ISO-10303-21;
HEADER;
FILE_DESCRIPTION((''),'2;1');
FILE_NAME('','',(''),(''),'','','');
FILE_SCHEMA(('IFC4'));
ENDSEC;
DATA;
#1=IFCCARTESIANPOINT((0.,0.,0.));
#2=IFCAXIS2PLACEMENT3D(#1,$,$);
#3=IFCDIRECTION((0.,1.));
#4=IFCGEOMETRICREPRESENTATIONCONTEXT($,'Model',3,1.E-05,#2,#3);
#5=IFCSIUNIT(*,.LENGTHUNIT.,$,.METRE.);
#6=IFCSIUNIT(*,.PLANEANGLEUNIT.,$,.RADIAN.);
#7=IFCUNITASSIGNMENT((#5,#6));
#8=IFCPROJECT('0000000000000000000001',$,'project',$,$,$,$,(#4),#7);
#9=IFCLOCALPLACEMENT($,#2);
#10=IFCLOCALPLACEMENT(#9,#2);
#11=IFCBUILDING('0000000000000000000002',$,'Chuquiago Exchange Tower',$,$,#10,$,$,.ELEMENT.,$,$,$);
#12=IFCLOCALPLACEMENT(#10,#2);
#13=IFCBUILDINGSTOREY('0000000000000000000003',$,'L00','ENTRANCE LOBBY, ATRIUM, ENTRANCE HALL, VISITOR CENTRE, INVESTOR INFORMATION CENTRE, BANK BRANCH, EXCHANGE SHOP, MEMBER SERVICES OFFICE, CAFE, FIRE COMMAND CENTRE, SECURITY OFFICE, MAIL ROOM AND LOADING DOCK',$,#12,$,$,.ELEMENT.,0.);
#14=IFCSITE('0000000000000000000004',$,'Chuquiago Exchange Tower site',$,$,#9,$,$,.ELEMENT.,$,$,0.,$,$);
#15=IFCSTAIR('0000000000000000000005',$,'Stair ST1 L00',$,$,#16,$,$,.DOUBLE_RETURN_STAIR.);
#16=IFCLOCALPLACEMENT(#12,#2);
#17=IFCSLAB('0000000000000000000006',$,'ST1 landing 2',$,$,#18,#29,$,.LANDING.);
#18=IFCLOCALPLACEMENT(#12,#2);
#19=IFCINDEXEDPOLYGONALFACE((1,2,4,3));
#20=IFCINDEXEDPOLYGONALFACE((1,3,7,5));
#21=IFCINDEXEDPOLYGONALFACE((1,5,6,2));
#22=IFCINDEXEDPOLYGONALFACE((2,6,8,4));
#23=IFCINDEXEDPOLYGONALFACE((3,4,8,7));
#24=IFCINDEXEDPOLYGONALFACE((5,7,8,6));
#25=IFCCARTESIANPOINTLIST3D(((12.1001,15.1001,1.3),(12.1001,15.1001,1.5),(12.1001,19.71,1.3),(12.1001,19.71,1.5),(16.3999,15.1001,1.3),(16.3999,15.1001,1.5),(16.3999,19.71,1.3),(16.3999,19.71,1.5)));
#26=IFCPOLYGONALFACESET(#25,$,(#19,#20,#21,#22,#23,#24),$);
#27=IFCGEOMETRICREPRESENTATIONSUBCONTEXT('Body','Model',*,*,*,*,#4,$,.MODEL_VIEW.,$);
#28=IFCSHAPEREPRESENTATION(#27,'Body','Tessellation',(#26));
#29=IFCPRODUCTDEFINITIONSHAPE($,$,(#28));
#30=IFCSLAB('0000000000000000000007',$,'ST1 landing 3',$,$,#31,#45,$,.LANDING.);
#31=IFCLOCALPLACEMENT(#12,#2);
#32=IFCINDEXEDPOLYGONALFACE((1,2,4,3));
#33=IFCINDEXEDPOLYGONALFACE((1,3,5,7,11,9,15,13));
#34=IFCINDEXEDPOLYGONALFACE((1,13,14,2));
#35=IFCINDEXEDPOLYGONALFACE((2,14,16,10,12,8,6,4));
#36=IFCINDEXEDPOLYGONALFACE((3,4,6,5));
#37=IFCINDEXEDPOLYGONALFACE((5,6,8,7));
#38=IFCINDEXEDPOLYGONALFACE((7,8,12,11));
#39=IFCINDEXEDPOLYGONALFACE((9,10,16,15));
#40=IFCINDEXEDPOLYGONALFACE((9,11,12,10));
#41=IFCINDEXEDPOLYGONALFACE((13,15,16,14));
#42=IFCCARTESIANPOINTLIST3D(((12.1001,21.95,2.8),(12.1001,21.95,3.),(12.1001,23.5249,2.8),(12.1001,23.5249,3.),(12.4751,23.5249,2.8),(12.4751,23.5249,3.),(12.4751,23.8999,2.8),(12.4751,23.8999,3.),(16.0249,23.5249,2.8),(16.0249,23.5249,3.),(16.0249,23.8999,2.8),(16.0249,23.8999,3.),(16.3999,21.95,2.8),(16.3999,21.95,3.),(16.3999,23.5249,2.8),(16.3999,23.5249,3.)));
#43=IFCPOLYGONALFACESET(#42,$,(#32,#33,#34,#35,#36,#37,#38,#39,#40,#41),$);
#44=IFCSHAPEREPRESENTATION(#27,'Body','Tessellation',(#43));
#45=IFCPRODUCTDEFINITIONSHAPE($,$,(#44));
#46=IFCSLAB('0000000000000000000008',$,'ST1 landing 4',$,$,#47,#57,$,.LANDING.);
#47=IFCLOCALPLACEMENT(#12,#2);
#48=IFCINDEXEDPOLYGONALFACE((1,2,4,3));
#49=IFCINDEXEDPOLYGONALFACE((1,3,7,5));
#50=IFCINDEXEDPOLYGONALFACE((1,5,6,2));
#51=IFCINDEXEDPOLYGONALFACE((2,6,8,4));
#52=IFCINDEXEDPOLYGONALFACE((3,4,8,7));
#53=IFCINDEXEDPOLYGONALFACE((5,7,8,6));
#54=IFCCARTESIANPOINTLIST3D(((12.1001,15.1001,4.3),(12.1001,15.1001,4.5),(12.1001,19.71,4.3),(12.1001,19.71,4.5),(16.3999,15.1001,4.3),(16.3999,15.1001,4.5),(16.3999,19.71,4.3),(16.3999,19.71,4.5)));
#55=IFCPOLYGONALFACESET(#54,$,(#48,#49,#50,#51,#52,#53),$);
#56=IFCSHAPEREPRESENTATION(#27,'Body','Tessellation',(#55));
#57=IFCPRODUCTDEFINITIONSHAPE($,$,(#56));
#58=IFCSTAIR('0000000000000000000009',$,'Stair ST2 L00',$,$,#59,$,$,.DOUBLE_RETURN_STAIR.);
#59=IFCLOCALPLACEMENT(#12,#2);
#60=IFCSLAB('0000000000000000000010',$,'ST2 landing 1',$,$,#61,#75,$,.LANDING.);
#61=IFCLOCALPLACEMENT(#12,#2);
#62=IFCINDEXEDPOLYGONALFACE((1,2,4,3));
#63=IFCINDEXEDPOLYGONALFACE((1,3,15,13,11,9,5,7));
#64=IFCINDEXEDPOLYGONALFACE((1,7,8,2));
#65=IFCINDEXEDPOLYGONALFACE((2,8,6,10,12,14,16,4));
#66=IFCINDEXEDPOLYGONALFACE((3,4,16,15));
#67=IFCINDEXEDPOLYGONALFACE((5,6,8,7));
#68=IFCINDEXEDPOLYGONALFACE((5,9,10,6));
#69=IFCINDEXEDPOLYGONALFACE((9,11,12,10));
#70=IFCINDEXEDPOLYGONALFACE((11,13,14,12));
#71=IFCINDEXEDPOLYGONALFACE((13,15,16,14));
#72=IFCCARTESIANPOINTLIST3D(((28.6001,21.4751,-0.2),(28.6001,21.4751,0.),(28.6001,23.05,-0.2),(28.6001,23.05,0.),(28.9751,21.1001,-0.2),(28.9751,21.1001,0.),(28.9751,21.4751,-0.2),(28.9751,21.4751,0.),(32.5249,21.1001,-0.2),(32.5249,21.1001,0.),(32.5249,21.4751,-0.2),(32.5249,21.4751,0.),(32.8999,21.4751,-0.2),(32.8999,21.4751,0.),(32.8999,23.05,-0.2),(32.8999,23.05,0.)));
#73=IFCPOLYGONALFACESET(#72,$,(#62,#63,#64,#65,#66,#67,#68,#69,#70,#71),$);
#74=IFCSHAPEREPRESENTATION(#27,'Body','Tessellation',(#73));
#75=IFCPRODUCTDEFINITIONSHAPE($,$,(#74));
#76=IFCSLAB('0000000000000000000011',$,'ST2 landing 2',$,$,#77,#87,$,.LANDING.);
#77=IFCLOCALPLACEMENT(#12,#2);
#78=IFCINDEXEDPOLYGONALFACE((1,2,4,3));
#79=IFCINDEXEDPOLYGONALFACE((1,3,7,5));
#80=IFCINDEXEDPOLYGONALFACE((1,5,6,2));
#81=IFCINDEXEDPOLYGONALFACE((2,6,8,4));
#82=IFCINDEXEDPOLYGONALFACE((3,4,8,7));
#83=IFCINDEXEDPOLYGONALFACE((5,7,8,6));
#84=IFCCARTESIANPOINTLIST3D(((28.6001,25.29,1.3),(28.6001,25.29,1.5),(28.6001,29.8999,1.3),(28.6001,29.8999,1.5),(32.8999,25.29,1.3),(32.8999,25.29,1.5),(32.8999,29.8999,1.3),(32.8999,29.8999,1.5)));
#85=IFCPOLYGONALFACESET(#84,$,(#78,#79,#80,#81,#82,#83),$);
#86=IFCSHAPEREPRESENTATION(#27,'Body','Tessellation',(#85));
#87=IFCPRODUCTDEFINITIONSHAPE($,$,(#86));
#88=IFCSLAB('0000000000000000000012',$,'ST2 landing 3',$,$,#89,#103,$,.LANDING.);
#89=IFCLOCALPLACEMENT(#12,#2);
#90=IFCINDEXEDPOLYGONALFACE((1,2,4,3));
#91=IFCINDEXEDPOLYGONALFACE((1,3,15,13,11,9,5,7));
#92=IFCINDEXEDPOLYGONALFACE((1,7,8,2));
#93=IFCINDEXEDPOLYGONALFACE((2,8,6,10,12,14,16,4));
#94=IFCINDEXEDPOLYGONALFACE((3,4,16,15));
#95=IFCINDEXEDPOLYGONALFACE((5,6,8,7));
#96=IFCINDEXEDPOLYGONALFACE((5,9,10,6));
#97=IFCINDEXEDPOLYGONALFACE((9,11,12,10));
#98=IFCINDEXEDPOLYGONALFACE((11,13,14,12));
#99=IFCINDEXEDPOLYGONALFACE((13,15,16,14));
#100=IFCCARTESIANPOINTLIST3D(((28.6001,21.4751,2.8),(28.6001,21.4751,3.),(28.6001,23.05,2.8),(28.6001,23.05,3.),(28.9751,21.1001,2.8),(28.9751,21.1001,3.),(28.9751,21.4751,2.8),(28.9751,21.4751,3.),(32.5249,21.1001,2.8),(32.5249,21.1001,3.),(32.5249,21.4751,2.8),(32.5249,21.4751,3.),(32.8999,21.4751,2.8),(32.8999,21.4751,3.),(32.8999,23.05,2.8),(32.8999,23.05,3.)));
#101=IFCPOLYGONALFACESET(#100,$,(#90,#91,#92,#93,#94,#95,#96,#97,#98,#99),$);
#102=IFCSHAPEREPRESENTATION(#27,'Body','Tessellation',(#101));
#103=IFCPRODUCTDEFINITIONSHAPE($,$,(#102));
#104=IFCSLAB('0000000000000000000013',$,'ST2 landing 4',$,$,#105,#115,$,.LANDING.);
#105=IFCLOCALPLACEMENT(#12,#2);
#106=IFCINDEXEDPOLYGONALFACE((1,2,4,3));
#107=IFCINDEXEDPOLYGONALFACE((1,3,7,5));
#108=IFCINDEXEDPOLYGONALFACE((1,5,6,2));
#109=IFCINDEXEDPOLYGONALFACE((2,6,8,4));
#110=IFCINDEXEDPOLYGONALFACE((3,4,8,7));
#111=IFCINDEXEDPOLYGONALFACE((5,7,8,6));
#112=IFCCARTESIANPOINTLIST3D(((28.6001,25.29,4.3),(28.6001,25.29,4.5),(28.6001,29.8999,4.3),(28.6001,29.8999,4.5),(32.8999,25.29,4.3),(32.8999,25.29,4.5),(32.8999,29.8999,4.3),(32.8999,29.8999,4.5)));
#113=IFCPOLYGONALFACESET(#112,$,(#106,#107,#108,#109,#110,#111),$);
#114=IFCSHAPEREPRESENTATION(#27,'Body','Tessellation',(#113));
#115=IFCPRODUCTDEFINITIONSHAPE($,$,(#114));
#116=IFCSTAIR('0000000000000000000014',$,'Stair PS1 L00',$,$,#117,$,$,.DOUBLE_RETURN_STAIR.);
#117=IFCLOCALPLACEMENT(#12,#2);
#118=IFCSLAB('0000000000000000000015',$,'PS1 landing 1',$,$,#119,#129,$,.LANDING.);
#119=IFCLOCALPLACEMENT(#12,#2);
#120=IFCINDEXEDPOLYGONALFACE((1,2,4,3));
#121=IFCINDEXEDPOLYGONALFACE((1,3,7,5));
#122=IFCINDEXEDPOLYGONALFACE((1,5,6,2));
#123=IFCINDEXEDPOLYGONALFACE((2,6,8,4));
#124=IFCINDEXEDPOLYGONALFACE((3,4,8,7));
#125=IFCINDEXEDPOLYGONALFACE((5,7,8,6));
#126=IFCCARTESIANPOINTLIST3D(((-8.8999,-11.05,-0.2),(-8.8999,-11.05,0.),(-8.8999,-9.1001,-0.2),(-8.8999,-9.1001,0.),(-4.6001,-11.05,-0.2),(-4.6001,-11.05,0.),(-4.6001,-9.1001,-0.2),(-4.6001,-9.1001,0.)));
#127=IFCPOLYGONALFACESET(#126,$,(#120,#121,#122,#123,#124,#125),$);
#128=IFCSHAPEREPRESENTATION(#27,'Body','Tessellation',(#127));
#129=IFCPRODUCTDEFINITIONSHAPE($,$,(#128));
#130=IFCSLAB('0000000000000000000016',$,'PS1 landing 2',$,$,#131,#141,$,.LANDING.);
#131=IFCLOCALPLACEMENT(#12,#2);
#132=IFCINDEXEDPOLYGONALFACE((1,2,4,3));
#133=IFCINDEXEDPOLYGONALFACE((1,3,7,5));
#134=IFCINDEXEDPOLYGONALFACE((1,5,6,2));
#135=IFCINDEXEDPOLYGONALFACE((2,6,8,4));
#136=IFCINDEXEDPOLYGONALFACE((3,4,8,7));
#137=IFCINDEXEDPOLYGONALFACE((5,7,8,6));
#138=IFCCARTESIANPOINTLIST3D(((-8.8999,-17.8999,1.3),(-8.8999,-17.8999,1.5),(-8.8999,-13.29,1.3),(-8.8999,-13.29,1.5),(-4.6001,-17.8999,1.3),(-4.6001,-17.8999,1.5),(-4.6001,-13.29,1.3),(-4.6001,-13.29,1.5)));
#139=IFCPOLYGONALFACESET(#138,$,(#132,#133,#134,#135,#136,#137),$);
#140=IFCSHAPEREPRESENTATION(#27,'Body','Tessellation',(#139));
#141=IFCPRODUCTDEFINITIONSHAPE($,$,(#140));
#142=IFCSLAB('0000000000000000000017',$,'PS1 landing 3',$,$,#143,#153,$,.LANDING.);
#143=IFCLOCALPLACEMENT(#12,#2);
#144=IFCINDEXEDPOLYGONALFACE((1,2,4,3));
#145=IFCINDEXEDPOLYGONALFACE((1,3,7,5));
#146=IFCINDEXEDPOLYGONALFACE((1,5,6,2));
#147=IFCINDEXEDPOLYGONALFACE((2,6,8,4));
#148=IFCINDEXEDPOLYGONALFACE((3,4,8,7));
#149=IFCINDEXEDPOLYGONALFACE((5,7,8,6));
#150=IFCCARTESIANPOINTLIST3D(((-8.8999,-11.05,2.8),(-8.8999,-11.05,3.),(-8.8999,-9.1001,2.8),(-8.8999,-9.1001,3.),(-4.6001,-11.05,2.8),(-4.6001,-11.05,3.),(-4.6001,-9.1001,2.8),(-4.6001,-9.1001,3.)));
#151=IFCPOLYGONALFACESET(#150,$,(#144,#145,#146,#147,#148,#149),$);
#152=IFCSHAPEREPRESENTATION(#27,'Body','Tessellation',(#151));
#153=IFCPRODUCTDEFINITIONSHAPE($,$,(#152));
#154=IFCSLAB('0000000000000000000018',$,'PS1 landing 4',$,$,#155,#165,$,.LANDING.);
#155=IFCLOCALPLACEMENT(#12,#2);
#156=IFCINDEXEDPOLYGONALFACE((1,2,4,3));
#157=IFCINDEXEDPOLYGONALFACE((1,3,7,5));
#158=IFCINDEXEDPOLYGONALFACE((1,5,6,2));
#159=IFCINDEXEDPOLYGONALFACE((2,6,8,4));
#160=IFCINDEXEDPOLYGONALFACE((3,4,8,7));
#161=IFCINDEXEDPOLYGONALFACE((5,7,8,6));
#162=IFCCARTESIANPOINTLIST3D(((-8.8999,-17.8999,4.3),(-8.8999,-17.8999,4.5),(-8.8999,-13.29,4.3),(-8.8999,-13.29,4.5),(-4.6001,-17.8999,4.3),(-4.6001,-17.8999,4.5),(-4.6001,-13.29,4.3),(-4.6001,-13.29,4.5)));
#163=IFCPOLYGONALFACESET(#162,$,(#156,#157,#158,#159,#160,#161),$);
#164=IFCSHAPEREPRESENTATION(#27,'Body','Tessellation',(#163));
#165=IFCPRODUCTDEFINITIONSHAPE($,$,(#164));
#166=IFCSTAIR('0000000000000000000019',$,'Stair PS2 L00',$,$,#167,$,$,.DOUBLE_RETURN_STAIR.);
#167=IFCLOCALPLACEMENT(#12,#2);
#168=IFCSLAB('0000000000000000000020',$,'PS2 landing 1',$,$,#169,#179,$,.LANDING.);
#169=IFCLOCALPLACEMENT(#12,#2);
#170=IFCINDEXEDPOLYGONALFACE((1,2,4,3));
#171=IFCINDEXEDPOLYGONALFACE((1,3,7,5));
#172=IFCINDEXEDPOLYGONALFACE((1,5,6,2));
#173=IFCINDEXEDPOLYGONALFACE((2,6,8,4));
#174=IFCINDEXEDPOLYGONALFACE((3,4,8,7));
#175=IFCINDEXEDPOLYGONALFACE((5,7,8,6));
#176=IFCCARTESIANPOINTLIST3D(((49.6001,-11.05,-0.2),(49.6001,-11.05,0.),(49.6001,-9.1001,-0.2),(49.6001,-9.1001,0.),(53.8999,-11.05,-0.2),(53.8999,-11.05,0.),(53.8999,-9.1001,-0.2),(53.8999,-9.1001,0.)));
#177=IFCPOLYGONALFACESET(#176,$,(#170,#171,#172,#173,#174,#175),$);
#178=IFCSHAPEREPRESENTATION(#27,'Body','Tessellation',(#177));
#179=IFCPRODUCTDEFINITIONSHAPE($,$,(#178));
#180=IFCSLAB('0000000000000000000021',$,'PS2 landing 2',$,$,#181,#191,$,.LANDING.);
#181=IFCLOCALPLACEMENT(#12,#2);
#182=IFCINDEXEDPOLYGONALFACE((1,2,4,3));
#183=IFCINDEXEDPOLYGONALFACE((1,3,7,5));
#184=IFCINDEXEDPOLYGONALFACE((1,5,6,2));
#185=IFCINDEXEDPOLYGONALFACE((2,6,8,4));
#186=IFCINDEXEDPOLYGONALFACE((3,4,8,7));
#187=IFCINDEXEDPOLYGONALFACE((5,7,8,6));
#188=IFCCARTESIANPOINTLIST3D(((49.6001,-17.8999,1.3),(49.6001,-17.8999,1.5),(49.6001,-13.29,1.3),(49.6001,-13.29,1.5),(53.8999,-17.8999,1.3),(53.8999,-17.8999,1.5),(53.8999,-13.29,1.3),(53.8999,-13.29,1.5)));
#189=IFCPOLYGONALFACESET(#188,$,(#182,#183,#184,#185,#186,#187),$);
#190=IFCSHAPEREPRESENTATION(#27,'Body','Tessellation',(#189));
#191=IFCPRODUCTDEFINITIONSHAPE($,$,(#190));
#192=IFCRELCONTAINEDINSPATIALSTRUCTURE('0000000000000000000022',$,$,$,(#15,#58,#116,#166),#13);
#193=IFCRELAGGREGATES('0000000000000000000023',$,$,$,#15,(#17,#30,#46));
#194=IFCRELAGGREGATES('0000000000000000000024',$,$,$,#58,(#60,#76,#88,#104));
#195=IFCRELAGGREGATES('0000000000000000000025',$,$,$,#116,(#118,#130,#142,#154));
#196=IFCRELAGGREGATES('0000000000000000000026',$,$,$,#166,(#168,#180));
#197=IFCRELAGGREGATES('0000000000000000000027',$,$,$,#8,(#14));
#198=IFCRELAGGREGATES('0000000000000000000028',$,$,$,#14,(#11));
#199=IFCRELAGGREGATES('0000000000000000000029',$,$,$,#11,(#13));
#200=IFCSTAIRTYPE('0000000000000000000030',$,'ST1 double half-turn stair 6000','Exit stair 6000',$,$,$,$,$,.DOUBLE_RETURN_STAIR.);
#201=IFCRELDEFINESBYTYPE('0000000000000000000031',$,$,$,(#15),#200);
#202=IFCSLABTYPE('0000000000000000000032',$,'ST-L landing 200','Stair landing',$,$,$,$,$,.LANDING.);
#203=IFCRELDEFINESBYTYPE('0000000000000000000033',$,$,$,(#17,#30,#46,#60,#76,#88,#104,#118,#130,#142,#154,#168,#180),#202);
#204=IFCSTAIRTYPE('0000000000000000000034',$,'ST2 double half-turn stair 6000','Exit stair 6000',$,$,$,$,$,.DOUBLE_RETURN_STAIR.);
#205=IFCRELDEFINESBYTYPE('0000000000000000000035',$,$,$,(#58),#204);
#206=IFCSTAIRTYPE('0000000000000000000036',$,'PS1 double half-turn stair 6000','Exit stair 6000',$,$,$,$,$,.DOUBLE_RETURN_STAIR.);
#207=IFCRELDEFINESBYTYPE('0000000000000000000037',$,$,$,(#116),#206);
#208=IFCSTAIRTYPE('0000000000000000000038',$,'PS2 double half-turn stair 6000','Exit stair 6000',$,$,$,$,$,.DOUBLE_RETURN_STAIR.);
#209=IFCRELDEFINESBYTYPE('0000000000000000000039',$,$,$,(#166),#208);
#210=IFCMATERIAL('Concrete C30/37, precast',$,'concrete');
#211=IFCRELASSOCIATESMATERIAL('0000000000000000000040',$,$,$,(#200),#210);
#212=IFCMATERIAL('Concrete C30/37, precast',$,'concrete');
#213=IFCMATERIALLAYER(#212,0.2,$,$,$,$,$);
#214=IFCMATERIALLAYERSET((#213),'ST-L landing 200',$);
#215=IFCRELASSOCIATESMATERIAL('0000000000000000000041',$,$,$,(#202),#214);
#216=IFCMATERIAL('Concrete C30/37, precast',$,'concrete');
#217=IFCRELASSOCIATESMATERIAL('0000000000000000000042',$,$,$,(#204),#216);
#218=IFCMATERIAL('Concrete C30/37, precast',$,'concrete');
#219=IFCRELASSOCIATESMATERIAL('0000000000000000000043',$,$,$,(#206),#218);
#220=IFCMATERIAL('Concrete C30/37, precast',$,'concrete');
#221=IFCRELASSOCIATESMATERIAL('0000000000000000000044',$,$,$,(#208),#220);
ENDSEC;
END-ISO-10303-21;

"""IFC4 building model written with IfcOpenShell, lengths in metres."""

from ifc_helpers import new_model, si_unit, direction, frame, origin, place, context, subcontext, project, spatial, polyline, outline, extrude, material, layer, layer_set, type_object, element, aggregate, save


model = new_model("IFC4")

# Units and contexts
model_context = context("Model", 3, precision=1e-05, world=origin(), true_north=direction((0.0, 1.0)))
body_context = subcontext(model_context, "Body", "Model", "MODEL_VIEW")
ifc_project = project(units=[si_unit("LENGTHUNIT", "METRE"), si_unit("PLANEANGLEUNIT", "RADIAN")], contexts=[model_context])

# Site, building, storey
site_placement = place(None, origin())
site = spatial("IfcSite", under=ifc_project, at=site_placement, Name="Chuquiago Exchange Tower site", CompositionType="ELEMENT", RefElevation=0.0)
building_placement = place(site_placement, origin())
building = spatial("IfcBuilding", under=site, at=building_placement, Name="Chuquiago Exchange Tower", CompositionType="ELEMENT")
storey_placement = place(building_placement, origin())
storey = spatial("IfcBuildingStorey", under=building, at=storey_placement, Name="L00", Description="ENTRANCE LOBBY, ATRIUM, ENTRANCE HALL, VISITOR CENTRE, INVESTOR INFORMATION CENTRE, BANK BRANCH, EXCHANGE SHOP, MEMBER SERVICES OFFICE, CAFE, FIRE COMMAND CENTRE, SECURITY OFFICE, MAIL ROOM AND LOADING DOCK", CompositionType="ELEMENT", Elevation=0.0)

# Stairs, slabs
ifc_material_1 = material(Name="Concrete C30/37, precast", Category="concrete")
stair_type_1 = type_object("IfcStairType", Name="ST1 double half-turn stair 6000", Description="Exit stair 6000", PredefinedType="DOUBLE_RETURN_STAIR", material=ifc_material_1)
stair_1_placement = place(storey_placement, origin())
stair_1 = element("IfcStair", 1, at=stair_1_placement, inside=storey, type_object=stair_type_1, Name="Stair ST1 L00", PredefinedType="DOUBLE_RETURN_STAIR")
ifc_material_2 = material(Name="Concrete C30/37, precast", Category="concrete")
ifc_layer_1 = layer(ifc_material_2, 0.2)
ifc_layer_set_1 = layer_set([ifc_layer_1], Name="ST-L landing 200")
slab_type_1 = type_object("IfcSlabType", Name="ST-L landing 200", Description="Stair landing", PredefinedType="LANDING", material=ifc_layer_set_1)
slab_1_placement = place(storey_placement, frame((0.0, 0.0, 1.3)))
slab_1 = element("IfcSlab", 2, at=slab_1_placement, type_object=slab_type_1, Name="ST1 landing 2", PredefinedType="LANDING", context=body_context, shape_type="SweptSolid", body=[
    extrude(outline(polyline([(12.1001, 19.71), (16.3999, 19.71), (16.3999, 15.1001), (12.1001, 15.1001), (12.1001, 19.71)])), origin(), (0.0, 0.0, 1.0), 0.2),
])
slab_2_placement = place(storey_placement, frame((0.0, 0.0, 2.8)))
slab_2 = element("IfcSlab", 3, at=slab_2_placement, type_object=slab_type_1, Name="ST1 landing 3", PredefinedType="LANDING", context=body_context, shape_type="SweptSolid", body=[
    extrude(outline(polyline([(12.4751, 23.8999), (16.0249, 23.8999), (16.0249, 23.5249), (16.3999, 23.5249), (16.3999, 21.95), (12.1001, 21.95), (12.1001, 23.5249), (12.4751, 23.5249), (12.4751, 23.8999)])), origin(), (0.0, 0.0, 1.0), 0.2),
])
slab_3_placement = place(storey_placement, frame((0.0, 0.0, 4.3)))
slab_3 = element("IfcSlab", 4, at=slab_3_placement, type_object=slab_type_1, Name="ST1 landing 4", PredefinedType="LANDING", context=body_context, shape_type="SweptSolid", body=[
    extrude(outline(polyline([(12.1001, 19.71), (16.3999, 19.71), (16.3999, 15.1001), (12.1001, 15.1001), (12.1001, 19.71)])), origin(), (0.0, 0.0, 1.0), 0.2),
])
aggregate(stair_1, [slab_1, slab_2, slab_3])
ifc_material_3 = material(Name="Concrete C30/37, precast", Category="concrete")
stair_type_2 = type_object("IfcStairType", Name="ST2 double half-turn stair 6000", Description="Exit stair 6000", PredefinedType="DOUBLE_RETURN_STAIR", material=ifc_material_3)
stair_2_placement = place(storey_placement, origin())
stair_2 = element("IfcStair", 5, at=stair_2_placement, inside=storey, type_object=stair_type_2, Name="Stair ST2 L00", PredefinedType="DOUBLE_RETURN_STAIR")
slab_4_placement = place(storey_placement, frame((0.0, 0.0, -0.2)))
slab_4 = element("IfcSlab", 6, at=slab_4_placement, type_object=slab_type_1, Name="ST2 landing 1", PredefinedType="LANDING", context=body_context, shape_type="SweptSolid", body=[
    extrude(outline(polyline([(32.5249, 21.4751), (32.5249, 21.1001), (28.9751, 21.1001), (28.9751, 21.4751), (28.6001, 21.4751), (28.6001, 23.05), (32.8999, 23.05), (32.8999, 21.4751), (32.5249, 21.4751)])), origin(), (0.0, 0.0, 1.0), 0.2),
])
slab_5_placement = place(storey_placement, frame((0.0, 0.0, 1.3)))
slab_5 = element("IfcSlab", 7, at=slab_5_placement, type_object=slab_type_1, Name="ST2 landing 2", PredefinedType="LANDING", context=body_context, shape_type="SweptSolid", body=[
    extrude(outline(polyline([(28.6001, 29.8999), (32.8999, 29.8999), (32.8999, 25.29), (28.6001, 25.29), (28.6001, 29.8999)])), origin(), (0.0, 0.0, 1.0), 0.2),
])
slab_6_placement = place(storey_placement, frame((0.0, 0.0, 2.8)))
slab_6 = element("IfcSlab", 8, at=slab_6_placement, type_object=slab_type_1, Name="ST2 landing 3", PredefinedType="LANDING", context=body_context, shape_type="SweptSolid", body=[
    extrude(outline(polyline([(32.5249, 21.4751), (32.5249, 21.1001), (28.9751, 21.1001), (28.9751, 21.4751), (28.6001, 21.4751), (28.6001, 23.05), (32.8999, 23.05), (32.8999, 21.4751), (32.5249, 21.4751)])), origin(), (0.0, 0.0, 1.0), 0.2),
])
slab_7_placement = place(storey_placement, frame((0.0, 0.0, 4.3)))
slab_7 = element("IfcSlab", 9, at=slab_7_placement, type_object=slab_type_1, Name="ST2 landing 4", PredefinedType="LANDING", context=body_context, shape_type="SweptSolid", body=[
    extrude(outline(polyline([(28.6001, 29.8999), (32.8999, 29.8999), (32.8999, 25.29), (28.6001, 25.29), (28.6001, 29.8999)])), origin(), (0.0, 0.0, 1.0), 0.2),
])
aggregate(stair_2, [slab_4, slab_5, slab_6, slab_7])
ifc_material_4 = material(Name="Concrete C30/37, precast", Category="concrete")
stair_type_3 = type_object("IfcStairType", Name="PS1 double half-turn stair 6000", Description="Exit stair 6000", PredefinedType="DOUBLE_RETURN_STAIR", material=ifc_material_4)
stair_3_placement = place(storey_placement, origin())
stair_3 = element("IfcStair", 10, at=stair_3_placement, inside=storey, type_object=stair_type_3, Name="Stair PS1 L00", PredefinedType="DOUBLE_RETURN_STAIR")
slab_8_placement = place(storey_placement, frame((0.0, 0.0, -0.2)))
slab_8 = element("IfcSlab", 11, at=slab_8_placement, type_object=slab_type_1, Name="PS1 landing 1", PredefinedType="LANDING", context=body_context, shape_type="SweptSolid", body=[
    extrude(outline(polyline([(-4.6001, -11.05), (-4.6001, -9.1001), (-8.8999, -9.1001), (-8.8999, -11.05), (-4.6001, -11.05)])), origin(), (0.0, 0.0, 1.0), 0.2),
])
slab_9_placement = place(storey_placement, frame((0.0, 0.0, 1.3)))
slab_9 = element("IfcSlab", 12, at=slab_9_placement, type_object=slab_type_1, Name="PS1 landing 2", PredefinedType="LANDING", context=body_context, shape_type="SweptSolid", body=[
    extrude(outline(polyline([(-8.8999, -13.29), (-4.6001, -13.29), (-4.6001, -17.8999), (-8.8999, -17.8999), (-8.8999, -13.29)])), origin(), (0.0, 0.0, 1.0), 0.2),
])
slab_10_placement = place(storey_placement, frame((0.0, 0.0, 2.8)))
slab_10 = element("IfcSlab", 13, at=slab_10_placement, type_object=slab_type_1, Name="PS1 landing 3", PredefinedType="LANDING", context=body_context, shape_type="SweptSolid", body=[
    extrude(outline(polyline([(-8.8999, -9.1001), (-4.6001, -9.1001), (-4.6001, -11.05), (-8.8999, -11.05), (-8.8999, -9.1001)])), origin(), (0.0, 0.0, 1.0), 0.2),
])
slab_11_placement = place(storey_placement, frame((0.0, 0.0, 4.3)))
slab_11 = element("IfcSlab", 14, at=slab_11_placement, type_object=slab_type_1, Name="PS1 landing 4", PredefinedType="LANDING", context=body_context, shape_type="SweptSolid", body=[
    extrude(outline(polyline([(-8.8999, -13.29), (-4.6001, -13.29), (-4.6001, -17.8999), (-8.8999, -17.8999), (-8.8999, -13.29)])), origin(), (0.0, 0.0, 1.0), 0.2),
])
aggregate(stair_3, [slab_8, slab_9, slab_10, slab_11])
ifc_material_5 = material(Name="Concrete C30/37, precast", Category="concrete")
stair_type_4 = type_object("IfcStairType", Name="PS2 double half-turn stair 6000", Description="Exit stair 6000", PredefinedType="DOUBLE_RETURN_STAIR", material=ifc_material_5)
stair_4_placement = place(storey_placement, origin())
stair_4 = element("IfcStair", 15, at=stair_4_placement, inside=storey, type_object=stair_type_4, Name="Stair PS2 L00", PredefinedType="DOUBLE_RETURN_STAIR")
slab_12_placement = place(storey_placement, frame((0.0, 0.0, -0.2)))
slab_12 = element("IfcSlab", 16, at=slab_12_placement, type_object=slab_type_1, Name="PS2 landing 1", PredefinedType="LANDING", context=body_context, shape_type="SweptSolid", body=[
    extrude(outline(polyline([(53.8999, -11.05), (53.8999, -9.1001), (49.6001, -9.1001), (49.6001, -11.05), (53.8999, -11.05)])), origin(), (0.0, 0.0, 1.0), 0.2),
])
slab_13_placement = place(storey_placement, frame((0.0, 0.0, 1.3)))
slab_13 = element("IfcSlab", 17, at=slab_13_placement, type_object=slab_type_1, Name="PS2 landing 2", PredefinedType="LANDING", context=body_context, shape_type="SweptSolid", body=[
    extrude(outline(polyline([(49.6001, -13.29), (53.8999, -13.29), (53.8999, -17.8999), (49.6001, -17.8999), (49.6001, -13.29)])), origin(), (0.0, 0.0, 1.0), 0.2),
])
aggregate(stair_4, [slab_12, slab_13])

save(model, "model.ifc")
